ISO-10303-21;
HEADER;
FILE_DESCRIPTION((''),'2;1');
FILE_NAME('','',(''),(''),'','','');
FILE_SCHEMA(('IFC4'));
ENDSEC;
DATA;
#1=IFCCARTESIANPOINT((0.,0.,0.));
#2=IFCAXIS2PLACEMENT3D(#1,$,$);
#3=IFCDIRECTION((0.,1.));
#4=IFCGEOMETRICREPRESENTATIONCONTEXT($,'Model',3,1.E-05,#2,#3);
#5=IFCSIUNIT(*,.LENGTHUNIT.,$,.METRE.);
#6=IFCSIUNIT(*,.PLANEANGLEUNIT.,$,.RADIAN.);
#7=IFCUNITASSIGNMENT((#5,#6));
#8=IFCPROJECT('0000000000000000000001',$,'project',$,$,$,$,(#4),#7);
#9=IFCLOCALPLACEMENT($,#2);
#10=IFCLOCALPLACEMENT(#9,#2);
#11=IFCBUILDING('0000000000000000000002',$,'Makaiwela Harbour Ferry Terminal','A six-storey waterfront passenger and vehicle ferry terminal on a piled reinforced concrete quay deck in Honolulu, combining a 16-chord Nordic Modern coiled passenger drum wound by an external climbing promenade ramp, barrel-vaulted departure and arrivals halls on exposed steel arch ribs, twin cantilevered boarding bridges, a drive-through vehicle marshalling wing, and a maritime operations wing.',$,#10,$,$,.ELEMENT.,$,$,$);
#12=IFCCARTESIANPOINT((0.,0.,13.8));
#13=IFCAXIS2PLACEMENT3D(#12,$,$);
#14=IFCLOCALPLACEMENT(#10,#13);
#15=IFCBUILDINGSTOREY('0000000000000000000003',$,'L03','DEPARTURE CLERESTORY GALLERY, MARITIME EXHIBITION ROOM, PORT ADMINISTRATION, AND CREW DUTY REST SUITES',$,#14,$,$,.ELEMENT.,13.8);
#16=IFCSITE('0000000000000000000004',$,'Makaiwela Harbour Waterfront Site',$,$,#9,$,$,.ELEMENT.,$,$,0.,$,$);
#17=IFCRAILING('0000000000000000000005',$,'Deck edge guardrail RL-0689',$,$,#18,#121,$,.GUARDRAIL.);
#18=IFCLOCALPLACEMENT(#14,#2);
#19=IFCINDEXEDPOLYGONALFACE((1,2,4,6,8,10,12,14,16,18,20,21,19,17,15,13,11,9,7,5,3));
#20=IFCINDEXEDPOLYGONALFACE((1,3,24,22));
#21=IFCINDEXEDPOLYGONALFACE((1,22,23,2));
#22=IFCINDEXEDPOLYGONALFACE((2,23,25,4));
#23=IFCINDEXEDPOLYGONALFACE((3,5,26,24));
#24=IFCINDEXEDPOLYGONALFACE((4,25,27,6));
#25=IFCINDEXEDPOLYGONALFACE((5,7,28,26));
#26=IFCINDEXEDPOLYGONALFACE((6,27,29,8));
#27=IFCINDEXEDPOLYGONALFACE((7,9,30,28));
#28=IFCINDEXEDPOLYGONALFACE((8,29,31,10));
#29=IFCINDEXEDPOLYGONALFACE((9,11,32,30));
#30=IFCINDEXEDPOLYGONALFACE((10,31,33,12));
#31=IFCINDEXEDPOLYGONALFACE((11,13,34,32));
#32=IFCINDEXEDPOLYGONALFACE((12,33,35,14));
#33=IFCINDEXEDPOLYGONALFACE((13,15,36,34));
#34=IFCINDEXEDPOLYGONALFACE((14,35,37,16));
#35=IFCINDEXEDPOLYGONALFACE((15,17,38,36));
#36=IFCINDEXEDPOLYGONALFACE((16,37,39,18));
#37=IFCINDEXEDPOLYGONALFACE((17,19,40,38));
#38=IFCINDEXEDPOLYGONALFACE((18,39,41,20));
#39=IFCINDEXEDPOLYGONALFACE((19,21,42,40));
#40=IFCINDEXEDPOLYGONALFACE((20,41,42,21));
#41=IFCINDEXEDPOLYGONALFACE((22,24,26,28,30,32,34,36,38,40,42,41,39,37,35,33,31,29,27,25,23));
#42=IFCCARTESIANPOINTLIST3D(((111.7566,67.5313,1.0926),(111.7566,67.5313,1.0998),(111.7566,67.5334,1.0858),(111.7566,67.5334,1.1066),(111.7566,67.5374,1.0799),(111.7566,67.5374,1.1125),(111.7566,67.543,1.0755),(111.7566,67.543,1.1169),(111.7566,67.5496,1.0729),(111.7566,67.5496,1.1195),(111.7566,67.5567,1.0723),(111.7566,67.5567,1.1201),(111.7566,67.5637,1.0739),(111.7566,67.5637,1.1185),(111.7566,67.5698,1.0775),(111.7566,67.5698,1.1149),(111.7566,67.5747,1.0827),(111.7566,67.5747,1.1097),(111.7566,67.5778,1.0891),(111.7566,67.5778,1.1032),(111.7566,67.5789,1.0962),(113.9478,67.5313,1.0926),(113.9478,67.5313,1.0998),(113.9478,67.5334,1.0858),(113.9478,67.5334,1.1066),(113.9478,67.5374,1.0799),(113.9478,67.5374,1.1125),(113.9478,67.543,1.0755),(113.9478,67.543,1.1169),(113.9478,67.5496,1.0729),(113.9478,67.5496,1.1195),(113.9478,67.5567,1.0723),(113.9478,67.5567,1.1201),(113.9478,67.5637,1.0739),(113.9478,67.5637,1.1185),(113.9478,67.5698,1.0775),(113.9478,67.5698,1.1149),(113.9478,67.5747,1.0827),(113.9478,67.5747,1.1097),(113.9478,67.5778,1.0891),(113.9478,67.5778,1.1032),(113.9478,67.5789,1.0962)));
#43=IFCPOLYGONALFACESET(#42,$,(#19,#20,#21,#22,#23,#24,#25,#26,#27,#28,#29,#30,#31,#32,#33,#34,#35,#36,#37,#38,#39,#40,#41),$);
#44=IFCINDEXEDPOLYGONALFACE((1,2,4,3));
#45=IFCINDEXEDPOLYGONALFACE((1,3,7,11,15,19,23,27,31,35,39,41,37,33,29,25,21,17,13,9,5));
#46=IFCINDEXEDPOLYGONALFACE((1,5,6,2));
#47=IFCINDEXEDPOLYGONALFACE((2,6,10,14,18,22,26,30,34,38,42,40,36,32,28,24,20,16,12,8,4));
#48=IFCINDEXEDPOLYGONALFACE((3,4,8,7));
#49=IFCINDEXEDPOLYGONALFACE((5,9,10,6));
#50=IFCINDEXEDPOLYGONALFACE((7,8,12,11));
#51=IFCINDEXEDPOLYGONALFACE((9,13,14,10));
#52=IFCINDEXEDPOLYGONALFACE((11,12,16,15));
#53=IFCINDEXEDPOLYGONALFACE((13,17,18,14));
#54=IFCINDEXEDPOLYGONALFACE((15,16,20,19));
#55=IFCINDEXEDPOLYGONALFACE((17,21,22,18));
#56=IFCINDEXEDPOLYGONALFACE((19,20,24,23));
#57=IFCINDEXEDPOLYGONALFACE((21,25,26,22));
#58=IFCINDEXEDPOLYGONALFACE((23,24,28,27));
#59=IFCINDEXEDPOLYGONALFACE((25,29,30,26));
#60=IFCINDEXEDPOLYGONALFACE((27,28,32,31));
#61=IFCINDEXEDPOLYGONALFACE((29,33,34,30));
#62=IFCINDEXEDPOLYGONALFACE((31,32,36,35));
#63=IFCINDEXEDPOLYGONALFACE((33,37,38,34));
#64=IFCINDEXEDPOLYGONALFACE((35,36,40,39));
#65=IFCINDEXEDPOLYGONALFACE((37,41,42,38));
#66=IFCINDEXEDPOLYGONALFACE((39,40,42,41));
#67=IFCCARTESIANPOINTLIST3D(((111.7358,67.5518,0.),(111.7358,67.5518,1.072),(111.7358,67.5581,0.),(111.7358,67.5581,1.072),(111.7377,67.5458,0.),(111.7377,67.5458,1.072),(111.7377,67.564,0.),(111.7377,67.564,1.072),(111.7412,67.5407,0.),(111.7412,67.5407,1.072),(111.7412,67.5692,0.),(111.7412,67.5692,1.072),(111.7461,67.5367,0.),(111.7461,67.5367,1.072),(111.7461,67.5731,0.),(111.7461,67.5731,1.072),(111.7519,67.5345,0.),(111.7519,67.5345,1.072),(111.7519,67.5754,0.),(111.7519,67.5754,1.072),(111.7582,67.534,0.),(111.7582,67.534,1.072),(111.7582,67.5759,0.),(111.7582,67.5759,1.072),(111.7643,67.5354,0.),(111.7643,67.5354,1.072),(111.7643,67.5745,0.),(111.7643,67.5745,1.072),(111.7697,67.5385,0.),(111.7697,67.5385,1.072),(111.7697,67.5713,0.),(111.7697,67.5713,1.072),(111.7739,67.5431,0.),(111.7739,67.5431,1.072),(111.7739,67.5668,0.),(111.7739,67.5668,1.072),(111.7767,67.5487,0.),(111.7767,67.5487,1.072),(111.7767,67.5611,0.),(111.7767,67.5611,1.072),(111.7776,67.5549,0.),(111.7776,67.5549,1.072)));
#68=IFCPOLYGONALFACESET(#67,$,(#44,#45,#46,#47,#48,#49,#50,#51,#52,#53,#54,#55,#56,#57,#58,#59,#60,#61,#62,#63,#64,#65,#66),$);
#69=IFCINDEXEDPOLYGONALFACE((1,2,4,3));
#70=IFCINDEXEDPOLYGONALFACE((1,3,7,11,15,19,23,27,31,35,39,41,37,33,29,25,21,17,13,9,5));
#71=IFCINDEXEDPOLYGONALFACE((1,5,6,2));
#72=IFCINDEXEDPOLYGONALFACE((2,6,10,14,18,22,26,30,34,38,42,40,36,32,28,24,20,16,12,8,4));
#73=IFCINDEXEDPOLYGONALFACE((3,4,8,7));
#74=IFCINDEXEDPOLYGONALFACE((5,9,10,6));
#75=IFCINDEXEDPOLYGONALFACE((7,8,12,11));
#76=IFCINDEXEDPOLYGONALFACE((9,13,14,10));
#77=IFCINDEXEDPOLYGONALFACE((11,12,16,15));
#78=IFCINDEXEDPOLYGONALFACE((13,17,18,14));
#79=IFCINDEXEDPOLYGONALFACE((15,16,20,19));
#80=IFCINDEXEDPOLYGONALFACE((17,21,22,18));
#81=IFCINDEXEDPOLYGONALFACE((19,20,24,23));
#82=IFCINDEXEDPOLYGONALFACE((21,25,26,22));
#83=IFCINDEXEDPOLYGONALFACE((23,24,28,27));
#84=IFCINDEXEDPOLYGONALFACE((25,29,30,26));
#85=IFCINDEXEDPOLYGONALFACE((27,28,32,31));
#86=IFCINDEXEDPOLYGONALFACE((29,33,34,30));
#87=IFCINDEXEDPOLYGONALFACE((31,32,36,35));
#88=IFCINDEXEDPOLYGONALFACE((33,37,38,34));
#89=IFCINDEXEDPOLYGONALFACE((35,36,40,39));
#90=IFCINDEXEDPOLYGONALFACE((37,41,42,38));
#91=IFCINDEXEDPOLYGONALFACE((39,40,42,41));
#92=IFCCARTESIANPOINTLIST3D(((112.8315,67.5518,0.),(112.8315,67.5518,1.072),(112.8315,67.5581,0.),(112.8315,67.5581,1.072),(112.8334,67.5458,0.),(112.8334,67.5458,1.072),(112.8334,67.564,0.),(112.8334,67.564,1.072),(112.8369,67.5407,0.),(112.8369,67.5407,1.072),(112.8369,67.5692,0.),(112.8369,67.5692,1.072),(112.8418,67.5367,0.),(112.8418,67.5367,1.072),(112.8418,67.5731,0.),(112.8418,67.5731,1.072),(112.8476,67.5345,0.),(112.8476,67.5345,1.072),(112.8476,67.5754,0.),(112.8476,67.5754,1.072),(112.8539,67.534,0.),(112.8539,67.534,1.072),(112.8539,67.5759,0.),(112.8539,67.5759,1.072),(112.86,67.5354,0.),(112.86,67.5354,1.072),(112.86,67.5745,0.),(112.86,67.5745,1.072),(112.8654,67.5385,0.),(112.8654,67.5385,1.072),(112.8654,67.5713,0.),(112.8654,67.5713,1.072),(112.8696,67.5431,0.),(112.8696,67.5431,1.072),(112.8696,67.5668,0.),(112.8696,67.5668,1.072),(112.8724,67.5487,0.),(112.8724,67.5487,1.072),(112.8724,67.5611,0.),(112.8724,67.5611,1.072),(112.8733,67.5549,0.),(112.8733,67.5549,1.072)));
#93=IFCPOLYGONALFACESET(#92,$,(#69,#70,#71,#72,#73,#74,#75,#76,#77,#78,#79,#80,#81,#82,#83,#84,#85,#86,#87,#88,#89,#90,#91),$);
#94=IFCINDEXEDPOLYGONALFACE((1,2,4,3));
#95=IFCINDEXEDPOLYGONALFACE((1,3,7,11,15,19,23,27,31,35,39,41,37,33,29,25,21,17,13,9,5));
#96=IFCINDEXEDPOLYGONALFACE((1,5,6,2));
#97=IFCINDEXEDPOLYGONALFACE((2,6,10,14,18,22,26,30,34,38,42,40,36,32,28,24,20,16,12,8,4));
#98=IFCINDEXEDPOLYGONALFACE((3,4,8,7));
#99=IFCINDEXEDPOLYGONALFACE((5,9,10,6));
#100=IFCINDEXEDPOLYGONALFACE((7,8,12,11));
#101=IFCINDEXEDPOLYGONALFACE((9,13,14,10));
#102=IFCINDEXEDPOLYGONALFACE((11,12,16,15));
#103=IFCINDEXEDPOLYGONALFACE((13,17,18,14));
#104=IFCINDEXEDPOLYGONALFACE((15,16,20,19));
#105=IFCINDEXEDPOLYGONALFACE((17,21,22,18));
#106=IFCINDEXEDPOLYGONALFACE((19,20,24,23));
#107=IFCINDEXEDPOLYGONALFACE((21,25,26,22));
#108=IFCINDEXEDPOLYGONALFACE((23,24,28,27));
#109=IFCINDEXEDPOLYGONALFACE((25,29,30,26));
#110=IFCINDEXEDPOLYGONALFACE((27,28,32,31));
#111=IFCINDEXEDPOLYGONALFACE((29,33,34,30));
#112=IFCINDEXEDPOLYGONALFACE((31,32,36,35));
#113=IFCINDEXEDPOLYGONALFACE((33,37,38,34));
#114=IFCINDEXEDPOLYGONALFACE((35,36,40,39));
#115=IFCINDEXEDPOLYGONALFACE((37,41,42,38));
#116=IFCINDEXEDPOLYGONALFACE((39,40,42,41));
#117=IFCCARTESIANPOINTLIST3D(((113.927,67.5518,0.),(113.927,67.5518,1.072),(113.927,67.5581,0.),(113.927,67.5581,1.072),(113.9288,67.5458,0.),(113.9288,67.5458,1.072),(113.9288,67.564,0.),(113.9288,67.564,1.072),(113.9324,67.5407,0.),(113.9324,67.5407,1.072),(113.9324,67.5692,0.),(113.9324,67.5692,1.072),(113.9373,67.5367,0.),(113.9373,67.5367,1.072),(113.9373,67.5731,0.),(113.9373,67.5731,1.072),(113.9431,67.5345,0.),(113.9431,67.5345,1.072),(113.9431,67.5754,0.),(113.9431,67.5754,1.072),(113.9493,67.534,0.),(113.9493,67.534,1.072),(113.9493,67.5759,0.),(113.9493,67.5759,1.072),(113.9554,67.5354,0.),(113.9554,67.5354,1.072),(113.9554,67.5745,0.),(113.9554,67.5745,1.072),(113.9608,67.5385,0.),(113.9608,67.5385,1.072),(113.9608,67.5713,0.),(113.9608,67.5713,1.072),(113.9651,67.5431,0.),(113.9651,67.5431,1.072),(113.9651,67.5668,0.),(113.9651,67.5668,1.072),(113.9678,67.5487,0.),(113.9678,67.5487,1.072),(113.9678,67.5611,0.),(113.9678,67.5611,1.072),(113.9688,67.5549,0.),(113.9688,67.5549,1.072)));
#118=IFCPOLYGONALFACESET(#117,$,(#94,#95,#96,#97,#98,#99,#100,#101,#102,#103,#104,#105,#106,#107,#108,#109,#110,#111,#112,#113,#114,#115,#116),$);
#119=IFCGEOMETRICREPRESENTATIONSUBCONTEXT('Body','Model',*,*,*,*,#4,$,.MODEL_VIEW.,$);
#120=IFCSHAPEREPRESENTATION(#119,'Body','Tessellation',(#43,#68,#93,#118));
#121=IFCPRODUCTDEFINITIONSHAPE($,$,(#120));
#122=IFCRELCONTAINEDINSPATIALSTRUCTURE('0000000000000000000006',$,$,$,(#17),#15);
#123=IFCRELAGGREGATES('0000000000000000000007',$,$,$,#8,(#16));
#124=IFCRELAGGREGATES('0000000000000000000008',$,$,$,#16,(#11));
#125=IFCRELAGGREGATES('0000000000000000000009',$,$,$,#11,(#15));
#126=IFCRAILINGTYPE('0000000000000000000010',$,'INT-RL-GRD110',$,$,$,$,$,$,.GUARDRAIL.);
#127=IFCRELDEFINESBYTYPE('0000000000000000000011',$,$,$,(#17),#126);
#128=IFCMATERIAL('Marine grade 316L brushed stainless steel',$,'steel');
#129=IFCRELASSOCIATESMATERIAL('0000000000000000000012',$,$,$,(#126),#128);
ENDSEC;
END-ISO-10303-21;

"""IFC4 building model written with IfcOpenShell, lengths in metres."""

from ifc_helpers import new_model, si_unit, direction, frame, origin, origin_2d, place, context, subcontext, project, spatial, circle, extrude, material, type_object, element, save


model = new_model("IFC4")

# Units and contexts
model_context = context("Model", 3, precision=1e-05, world=origin(), true_north=direction((0.0, 1.0)))
body_context = subcontext(model_context, "Body", "Model", "MODEL_VIEW")
ifc_project = project(units=[si_unit("LENGTHUNIT", "METRE"), si_unit("PLANEANGLEUNIT", "RADIAN")], contexts=[model_context])

# Site, building, storey
site_placement = place(None, origin())
site = spatial("IfcSite", under=ifc_project, at=site_placement, Name="Makaiwela Harbour Waterfront Site", CompositionType="ELEMENT", RefElevation=0.0)
building_placement = place(site_placement, origin())
building = spatial("IfcBuilding", under=site, at=building_placement, Name="Makaiwela Harbour Ferry Terminal", Description="A six-storey waterfront passenger and vehicle ferry terminal on a piled reinforced concrete quay deck in Honolulu, combining a 16-chord Nordic Modern coiled passenger drum wound by an external climbing promenade ramp, barrel-vaulted departure and arrivals halls on exposed steel arch ribs, twin cantilevered boarding bridges, a drive-through vehicle marshalling wing, and a maritime operations wing.", CompositionType="ELEMENT")
storey_placement = place(building_placement, frame((0.0, 0.0, 13.8)))
storey = spatial("IfcBuildingStorey", under=building, at=storey_placement, Name="L03", Description="DEPARTURE CLERESTORY GALLERY, MARITIME EXHIBITION ROOM, PORT ADMINISTRATION, AND CREW DUTY REST SUITES", CompositionType="ELEMENT", Elevation=13.8)

# Railing
ifc_material_1 = material(Name="Marine grade 316L brushed stainless steel", Category="steel")
railing_type = type_object("IfcRailingType", Name="INT-RL-GRD110", PredefinedType="GUARDRAIL", material=ifc_material_1)
railing_1_placement = place(storey_placement, frame((111.7566, 67.5549, 0.0)))
element("IfcRailing", 1, at=railing_1_placement, inside=storey, type_object=railing_type, Name="Deck edge guardrail RL-0689", PredefinedType="GUARDRAIL", context=body_context, shape_type="SweptSolid", body=[
    extrude(circle(Radius=0.0239, at=origin_2d()), frame((0.0, 0.0, 1.0962), z_axis=(1.0, 0.0, 0.0), x_axis=(0.0, 1.0, 0.0)), (0.0, 0.0, 1.0), 2.1912),
    extrude(circle(Radius=0.021, at=origin_2d()), origin(), (0.0, 0.0, 1.0), 1.072),
    extrude(circle(Radius=0.021, at=origin_2d()), frame((1.0957, 0.0, 0.0)), (0.0, 0.0, 1.0), 1.072),
    extrude(circle(Radius=0.021, at=origin_2d()), frame((2.1912, 0.0, 0.0)), (0.0, 0.0, 1.0), 1.072),
])

save(model, "model.ifc")
